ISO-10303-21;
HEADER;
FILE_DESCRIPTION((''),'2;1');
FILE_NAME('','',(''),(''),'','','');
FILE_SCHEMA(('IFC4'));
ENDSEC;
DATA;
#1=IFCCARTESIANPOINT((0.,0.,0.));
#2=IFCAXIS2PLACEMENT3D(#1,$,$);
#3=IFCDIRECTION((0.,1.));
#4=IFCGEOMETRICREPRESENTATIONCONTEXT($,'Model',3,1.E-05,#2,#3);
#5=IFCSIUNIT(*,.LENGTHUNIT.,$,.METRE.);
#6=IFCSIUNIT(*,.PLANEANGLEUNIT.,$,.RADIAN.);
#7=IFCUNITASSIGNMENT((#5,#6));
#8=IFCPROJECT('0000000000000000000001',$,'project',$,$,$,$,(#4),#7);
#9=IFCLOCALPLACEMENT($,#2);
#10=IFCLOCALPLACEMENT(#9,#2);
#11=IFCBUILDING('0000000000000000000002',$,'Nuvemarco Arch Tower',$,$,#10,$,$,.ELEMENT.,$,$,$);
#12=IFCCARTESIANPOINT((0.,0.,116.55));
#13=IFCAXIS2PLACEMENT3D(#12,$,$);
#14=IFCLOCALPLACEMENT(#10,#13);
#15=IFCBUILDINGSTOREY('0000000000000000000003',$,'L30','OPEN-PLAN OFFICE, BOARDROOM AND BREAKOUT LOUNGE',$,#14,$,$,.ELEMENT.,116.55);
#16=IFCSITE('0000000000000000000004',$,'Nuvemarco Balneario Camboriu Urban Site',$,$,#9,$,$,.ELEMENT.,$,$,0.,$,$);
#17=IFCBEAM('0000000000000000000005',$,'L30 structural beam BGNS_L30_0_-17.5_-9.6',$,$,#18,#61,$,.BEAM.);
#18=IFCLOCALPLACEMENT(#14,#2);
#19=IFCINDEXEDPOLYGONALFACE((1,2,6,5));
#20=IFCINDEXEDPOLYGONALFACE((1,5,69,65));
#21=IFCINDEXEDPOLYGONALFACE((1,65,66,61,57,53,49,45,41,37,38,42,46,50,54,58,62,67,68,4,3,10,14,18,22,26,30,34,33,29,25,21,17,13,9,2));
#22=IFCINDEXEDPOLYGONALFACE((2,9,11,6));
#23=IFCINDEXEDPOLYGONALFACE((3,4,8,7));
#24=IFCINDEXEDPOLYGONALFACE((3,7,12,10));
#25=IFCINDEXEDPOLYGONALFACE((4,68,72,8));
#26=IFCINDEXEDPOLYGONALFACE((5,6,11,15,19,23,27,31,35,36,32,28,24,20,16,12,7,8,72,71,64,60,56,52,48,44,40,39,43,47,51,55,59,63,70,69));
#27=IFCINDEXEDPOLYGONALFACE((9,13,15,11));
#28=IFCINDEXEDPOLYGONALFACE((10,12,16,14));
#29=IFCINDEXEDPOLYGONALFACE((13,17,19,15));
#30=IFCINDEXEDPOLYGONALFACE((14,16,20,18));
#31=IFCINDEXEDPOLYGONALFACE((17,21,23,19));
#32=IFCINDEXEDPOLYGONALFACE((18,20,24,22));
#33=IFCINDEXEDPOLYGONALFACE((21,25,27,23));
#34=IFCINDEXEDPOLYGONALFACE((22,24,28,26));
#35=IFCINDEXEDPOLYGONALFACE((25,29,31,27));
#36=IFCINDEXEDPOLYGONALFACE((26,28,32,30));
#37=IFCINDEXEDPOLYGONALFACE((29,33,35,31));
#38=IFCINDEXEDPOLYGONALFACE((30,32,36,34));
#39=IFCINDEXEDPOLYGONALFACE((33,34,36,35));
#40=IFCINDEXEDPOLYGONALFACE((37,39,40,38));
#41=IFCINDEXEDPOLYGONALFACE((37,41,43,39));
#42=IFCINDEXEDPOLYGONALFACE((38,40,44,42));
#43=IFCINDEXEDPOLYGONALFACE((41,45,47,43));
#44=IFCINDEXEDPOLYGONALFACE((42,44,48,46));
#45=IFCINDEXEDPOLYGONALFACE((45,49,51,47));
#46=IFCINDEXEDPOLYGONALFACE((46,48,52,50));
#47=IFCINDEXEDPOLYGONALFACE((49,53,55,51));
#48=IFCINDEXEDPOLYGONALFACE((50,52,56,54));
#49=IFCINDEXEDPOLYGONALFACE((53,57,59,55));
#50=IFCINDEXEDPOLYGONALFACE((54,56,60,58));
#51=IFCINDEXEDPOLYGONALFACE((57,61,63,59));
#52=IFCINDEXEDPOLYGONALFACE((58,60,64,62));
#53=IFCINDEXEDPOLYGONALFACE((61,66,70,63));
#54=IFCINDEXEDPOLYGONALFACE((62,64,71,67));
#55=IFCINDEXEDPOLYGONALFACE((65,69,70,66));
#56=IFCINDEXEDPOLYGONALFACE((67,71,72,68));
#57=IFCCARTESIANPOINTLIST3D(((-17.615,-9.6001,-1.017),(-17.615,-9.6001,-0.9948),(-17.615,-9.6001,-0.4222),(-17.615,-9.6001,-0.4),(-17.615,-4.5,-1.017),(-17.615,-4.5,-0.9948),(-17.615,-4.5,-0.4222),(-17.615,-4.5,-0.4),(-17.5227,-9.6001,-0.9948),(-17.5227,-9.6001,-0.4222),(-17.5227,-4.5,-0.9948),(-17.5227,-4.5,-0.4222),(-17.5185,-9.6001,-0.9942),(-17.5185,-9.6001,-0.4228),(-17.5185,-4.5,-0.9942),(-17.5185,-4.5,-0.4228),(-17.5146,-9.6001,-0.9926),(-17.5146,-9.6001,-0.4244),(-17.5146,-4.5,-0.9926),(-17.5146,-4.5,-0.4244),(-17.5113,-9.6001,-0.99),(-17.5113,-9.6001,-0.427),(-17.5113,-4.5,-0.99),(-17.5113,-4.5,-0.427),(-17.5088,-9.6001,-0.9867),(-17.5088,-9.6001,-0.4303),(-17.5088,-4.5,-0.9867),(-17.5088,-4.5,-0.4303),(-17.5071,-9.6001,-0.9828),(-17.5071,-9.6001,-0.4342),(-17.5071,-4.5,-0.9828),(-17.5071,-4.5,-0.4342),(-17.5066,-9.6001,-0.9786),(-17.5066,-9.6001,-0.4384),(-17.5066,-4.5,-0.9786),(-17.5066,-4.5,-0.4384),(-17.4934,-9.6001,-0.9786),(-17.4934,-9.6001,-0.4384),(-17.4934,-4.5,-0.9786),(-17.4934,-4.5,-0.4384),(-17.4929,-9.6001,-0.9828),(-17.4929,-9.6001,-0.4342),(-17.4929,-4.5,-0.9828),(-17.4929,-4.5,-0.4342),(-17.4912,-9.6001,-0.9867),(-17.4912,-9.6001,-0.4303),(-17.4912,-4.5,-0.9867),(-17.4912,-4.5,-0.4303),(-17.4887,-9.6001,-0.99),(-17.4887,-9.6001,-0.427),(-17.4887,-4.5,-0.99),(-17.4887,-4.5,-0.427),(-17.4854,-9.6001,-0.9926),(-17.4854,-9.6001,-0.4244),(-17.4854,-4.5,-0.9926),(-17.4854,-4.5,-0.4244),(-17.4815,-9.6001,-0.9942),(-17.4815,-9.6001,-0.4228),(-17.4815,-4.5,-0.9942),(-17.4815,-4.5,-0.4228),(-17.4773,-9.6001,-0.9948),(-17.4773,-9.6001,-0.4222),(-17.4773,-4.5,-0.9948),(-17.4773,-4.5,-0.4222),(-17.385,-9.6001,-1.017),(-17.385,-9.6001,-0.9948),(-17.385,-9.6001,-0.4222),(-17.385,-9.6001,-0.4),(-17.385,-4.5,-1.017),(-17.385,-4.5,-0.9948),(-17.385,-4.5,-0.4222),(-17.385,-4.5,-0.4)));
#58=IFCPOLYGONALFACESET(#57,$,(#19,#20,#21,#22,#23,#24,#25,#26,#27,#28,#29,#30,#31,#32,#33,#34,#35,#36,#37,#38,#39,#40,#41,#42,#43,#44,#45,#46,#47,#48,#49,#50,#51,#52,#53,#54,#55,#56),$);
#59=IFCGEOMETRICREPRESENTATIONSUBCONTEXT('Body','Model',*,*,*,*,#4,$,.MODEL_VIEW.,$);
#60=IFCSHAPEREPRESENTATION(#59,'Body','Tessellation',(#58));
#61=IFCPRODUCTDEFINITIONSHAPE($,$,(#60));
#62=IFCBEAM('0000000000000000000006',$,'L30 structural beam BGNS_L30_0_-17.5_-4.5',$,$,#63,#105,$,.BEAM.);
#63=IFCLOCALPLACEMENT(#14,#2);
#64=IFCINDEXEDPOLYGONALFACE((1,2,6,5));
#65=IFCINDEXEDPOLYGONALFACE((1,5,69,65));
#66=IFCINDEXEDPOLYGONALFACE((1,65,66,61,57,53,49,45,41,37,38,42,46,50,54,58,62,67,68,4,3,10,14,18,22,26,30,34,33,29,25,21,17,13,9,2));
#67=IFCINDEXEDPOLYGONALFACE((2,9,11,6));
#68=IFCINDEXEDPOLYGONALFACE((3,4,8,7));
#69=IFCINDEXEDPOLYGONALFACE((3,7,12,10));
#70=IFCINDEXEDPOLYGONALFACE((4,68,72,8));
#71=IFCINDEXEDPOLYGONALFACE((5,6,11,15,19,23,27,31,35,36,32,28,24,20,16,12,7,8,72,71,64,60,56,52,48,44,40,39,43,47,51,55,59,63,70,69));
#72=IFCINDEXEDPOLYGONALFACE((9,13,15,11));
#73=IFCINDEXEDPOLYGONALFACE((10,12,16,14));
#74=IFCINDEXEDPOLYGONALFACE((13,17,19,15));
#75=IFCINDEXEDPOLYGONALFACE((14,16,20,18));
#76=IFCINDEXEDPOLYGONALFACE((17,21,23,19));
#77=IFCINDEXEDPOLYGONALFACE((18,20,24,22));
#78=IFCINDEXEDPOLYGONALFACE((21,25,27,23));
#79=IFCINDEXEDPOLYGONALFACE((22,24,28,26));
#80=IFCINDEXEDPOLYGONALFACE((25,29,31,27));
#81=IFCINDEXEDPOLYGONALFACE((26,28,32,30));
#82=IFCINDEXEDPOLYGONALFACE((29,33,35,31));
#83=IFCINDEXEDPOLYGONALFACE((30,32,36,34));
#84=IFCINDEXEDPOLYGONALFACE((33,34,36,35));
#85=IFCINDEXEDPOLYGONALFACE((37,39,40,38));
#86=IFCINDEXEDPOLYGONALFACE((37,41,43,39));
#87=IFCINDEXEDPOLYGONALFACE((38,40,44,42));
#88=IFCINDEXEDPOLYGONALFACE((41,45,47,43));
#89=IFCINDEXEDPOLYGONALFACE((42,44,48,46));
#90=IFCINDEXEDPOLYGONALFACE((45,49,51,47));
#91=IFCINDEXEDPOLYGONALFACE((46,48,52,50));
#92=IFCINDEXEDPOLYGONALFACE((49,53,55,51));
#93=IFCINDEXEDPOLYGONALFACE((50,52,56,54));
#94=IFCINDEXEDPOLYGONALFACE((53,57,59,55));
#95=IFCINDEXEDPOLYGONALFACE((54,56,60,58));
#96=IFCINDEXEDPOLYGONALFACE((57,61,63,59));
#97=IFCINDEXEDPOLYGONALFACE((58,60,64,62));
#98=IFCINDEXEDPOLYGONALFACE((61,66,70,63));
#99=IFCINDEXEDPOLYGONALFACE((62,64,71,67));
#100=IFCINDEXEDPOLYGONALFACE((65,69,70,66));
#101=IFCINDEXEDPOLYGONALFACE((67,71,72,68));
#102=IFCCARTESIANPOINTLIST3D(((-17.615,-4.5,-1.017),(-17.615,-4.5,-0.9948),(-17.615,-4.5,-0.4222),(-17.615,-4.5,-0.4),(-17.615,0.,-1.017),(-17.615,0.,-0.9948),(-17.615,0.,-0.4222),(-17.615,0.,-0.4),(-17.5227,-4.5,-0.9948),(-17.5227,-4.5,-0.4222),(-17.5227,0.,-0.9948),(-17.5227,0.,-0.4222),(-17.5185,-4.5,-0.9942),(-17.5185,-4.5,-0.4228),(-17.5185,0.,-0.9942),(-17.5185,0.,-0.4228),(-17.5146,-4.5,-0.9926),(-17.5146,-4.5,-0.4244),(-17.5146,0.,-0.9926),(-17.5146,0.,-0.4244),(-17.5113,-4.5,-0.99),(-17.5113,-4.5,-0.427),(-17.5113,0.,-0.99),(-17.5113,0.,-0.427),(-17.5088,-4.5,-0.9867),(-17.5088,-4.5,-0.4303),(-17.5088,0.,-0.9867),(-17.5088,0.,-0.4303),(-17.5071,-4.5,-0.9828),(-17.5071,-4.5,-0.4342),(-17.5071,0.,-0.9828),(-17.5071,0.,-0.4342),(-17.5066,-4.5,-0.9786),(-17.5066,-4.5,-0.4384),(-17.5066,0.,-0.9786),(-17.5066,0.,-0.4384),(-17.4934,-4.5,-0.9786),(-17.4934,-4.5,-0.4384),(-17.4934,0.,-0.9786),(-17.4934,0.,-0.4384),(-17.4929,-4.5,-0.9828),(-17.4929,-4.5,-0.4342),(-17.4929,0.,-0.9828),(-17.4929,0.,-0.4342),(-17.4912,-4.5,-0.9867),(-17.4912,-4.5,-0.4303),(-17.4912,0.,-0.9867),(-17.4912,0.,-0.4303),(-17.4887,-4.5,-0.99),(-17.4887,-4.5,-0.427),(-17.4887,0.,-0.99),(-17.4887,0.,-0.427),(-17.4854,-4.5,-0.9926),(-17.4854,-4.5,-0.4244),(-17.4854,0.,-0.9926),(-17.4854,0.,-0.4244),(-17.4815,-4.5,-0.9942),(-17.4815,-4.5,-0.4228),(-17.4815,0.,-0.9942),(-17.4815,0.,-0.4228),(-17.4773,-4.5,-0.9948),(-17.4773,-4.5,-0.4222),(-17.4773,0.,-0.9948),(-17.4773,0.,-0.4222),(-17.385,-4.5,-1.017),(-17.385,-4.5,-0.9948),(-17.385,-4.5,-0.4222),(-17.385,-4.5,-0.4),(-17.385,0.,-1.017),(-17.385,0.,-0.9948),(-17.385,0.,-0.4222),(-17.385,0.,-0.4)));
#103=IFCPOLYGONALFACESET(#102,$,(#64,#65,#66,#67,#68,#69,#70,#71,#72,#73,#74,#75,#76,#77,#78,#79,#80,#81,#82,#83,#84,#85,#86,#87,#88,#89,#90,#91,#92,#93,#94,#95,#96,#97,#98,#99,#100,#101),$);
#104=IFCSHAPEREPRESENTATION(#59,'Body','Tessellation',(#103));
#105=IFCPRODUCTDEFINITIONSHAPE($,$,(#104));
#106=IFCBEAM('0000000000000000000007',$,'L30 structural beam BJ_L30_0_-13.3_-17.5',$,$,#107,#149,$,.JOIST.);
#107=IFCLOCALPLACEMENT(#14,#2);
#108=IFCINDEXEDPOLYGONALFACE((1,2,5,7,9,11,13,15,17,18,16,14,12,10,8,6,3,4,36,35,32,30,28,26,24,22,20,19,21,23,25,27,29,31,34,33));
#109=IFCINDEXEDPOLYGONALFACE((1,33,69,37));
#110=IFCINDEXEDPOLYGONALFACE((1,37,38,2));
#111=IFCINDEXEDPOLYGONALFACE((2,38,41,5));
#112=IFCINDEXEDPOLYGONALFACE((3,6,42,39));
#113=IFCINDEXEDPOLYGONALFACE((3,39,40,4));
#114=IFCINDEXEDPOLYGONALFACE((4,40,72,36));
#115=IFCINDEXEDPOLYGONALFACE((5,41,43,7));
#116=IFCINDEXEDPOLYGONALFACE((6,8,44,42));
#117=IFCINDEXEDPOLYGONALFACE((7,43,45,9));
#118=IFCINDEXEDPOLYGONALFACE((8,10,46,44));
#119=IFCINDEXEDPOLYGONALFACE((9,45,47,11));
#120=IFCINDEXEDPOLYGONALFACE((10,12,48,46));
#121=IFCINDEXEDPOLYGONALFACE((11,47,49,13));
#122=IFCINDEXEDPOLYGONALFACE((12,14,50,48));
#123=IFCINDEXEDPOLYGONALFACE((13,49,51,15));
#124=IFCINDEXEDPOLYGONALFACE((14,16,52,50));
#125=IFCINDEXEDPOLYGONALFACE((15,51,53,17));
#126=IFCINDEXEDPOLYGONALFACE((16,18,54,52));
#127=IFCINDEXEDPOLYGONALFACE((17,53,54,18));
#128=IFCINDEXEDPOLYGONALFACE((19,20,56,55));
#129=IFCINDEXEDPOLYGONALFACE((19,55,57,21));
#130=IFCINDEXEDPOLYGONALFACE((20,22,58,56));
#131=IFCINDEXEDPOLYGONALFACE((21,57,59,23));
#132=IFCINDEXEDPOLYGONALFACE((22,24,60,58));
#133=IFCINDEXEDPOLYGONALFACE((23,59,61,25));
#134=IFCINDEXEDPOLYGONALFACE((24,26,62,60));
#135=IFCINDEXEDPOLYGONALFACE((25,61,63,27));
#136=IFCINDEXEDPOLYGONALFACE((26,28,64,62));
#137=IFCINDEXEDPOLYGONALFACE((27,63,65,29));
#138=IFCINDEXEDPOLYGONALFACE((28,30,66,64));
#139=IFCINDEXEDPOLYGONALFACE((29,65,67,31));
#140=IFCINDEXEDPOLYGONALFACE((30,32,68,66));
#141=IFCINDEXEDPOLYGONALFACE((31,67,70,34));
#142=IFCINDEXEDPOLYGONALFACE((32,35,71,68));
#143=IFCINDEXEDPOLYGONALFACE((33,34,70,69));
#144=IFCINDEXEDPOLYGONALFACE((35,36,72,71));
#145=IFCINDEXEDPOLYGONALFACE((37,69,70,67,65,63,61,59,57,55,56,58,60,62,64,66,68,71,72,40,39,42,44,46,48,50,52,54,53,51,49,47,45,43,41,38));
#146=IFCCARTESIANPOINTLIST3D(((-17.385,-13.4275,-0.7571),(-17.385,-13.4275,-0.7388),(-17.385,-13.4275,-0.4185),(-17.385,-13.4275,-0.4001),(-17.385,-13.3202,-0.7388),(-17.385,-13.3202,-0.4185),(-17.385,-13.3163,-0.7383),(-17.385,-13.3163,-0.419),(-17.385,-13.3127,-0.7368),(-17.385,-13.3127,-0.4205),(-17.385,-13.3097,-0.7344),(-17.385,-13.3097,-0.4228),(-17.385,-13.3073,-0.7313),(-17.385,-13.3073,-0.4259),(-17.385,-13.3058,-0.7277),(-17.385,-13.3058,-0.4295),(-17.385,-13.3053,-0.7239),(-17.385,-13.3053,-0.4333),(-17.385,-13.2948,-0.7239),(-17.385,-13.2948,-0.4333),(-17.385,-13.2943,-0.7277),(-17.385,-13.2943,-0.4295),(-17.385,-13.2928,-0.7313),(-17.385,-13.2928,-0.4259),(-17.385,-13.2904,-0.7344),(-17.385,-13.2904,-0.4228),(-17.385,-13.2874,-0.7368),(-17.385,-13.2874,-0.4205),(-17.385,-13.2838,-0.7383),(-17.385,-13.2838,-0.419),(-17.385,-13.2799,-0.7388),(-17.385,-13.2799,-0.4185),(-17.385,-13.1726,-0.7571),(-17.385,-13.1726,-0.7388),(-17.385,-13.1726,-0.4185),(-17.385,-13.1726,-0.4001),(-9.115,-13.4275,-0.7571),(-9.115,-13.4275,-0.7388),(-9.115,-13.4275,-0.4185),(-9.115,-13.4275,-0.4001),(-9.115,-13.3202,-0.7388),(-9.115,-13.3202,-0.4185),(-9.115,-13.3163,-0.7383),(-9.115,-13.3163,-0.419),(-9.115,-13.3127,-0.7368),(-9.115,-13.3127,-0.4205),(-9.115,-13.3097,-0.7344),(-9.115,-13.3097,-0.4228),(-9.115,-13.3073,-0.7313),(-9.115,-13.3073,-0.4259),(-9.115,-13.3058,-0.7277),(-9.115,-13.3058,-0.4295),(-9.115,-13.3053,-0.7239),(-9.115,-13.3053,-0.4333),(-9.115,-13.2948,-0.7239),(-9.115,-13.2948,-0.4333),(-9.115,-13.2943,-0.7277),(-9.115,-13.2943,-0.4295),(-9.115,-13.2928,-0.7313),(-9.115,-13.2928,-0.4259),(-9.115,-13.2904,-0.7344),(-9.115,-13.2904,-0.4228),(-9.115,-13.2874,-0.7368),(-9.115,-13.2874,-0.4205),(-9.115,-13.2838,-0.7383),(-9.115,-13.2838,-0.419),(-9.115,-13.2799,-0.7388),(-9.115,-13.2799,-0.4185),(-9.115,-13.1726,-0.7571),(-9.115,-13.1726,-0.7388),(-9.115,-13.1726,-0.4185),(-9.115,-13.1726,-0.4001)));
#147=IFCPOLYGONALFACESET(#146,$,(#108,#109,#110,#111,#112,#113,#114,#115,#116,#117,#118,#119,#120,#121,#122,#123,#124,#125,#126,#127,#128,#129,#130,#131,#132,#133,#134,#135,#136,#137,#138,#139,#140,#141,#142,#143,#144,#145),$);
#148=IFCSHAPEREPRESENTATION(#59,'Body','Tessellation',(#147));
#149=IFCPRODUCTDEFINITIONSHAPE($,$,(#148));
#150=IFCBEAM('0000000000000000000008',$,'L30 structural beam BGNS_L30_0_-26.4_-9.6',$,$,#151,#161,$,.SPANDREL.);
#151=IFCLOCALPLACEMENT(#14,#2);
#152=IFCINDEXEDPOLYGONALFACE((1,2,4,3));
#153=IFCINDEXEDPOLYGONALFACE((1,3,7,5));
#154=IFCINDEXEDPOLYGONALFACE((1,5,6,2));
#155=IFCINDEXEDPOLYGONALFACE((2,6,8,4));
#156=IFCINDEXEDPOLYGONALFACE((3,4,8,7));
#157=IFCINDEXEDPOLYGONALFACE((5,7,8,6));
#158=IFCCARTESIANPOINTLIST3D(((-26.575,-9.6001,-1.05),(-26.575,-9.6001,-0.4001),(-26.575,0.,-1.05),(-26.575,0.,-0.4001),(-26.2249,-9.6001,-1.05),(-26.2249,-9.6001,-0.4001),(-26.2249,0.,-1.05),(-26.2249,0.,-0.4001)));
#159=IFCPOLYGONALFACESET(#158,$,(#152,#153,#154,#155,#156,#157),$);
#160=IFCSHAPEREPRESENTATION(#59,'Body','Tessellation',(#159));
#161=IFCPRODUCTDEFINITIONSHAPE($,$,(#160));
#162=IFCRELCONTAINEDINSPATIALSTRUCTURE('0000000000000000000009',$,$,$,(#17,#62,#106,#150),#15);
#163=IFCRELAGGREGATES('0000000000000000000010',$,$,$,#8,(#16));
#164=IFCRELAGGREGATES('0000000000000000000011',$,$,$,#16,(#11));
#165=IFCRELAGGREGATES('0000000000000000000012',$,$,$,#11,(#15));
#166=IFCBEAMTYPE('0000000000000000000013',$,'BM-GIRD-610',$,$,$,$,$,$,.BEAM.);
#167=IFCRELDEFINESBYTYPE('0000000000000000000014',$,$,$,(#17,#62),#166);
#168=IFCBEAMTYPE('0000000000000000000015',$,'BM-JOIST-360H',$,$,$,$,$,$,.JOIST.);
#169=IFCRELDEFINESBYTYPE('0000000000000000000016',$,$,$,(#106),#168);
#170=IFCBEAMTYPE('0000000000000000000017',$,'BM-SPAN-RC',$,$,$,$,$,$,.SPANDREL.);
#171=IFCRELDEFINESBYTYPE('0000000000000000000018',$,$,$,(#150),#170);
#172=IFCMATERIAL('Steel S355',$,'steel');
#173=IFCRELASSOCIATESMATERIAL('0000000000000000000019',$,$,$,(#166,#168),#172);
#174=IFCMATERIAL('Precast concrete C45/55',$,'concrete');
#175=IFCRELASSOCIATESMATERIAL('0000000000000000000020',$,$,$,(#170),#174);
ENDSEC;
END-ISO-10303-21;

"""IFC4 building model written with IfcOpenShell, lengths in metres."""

from ifc_helpers import new_model, si_unit, direction, frame, origin, origin_2d, place, context, subcontext, project, spatial, rectangle, i_section, extrude, material, material_profile, profile_set, type_object, element, save


model = new_model("IFC4")

# Units and contexts
model_context = context("Model", 3, precision=1e-05, world=origin(), true_north=direction((0.0, 1.0)))
body_context = subcontext(model_context, "Body", "Model", "MODEL_VIEW")
ifc_project = project(units=[si_unit("LENGTHUNIT", "METRE"), si_unit("PLANEANGLEUNIT", "RADIAN")], contexts=[model_context])

# Site, building, storey
site_placement = place(None, origin())
site = spatial("IfcSite", under=ifc_project, at=site_placement, Name="Nuvemarco Balneario Camboriu Urban Site", CompositionType="ELEMENT", RefElevation=0.0)
building_placement = place(site_placement, origin())
building = spatial("IfcBuilding", under=site, at=building_placement, Name="Nuvemarco Arch Tower", CompositionType="ELEMENT")
storey_placement = place(building_placement, frame((0.0, 0.0, 116.55)))
storey = spatial("IfcBuildingStorey", under=building, at=storey_placement, Name="L30", Description="OPEN-PLAN OFFICE, BOARDROOM AND BREAKOUT LOUNGE", CompositionType="ELEMENT", Elevation=116.55)

# Shared definitions
ifc_material_1 = material(Name="Steel S355", Category="steel")

# Beams
ifc_material_profile_1 = material_profile(ifc_material_1, i_section(OverallWidth=0.23, OverallDepth=0.6169, WebThickness=0.0132, FlangeThickness=0.0222, FilletRadius=0.0161, at=origin_2d()), Name="W610x140")
ifc_profile_set_1 = profile_set([ifc_material_profile_1], Name="Steel S355")
beam_type_1 = type_object("IfcBeamType", Name="BM-GIRD-610", PredefinedType="BEAM", material=ifc_profile_set_1)
beam_1_placement = place(storey_placement, frame((-17.5, -9.6001, -0.7085), z_axis=(0.0, 1.0, 0.0), x_axis=(-1.0, 0.0, 0.0)))
element("IfcBeam", 1, at=beam_1_placement, inside=storey, type_object=beam_type_1, Name="L30 structural beam BGNS_L30_0_-17.5_-9.6", PredefinedType="BEAM", context=body_context, shape_type="SweptSolid", body=[
    extrude(i_section(OverallWidth=0.23, OverallDepth=0.6169, WebThickness=0.0132, FlangeThickness=0.0222, FilletRadius=0.0161, at=origin_2d()), origin(), (0.0, 0.0, 1.0), 5.1001),
])
beam_2_placement = place(storey_placement, frame((-17.5, -4.5, -0.7085), z_axis=(0.0, 1.0, 0.0), x_axis=(-1.0, 0.0, 0.0)))
element("IfcBeam", 2, at=beam_2_placement, inside=storey, type_object=beam_type_1, Name="L30 structural beam BGNS_L30_0_-17.5_-4.5", PredefinedType="BEAM", context=body_context, shape_type="SweptSolid", body=[
    extrude(i_section(OverallWidth=0.23, OverallDepth=0.6169, WebThickness=0.0132, FlangeThickness=0.0222, FilletRadius=0.0161, at=origin_2d()), origin(), (0.0, 0.0, 1.0), 4.5),
])
ifc_material_profile_2 = material_profile(ifc_material_1, i_section(OverallWidth=0.2549, OverallDepth=0.3569, WebThickness=0.0105, FlangeThickness=0.0183, FilletRadius=0.0149, at=origin_2d()), Name="W360x101")
ifc_profile_set_2 = profile_set([ifc_material_profile_2], Name="Steel S355")
beam_type_2 = type_object("IfcBeamType", Name="BM-JOIST-360H", PredefinedType="JOIST", material=ifc_profile_set_2)
beam_3_placement = place(storey_placement, frame((-17.385, -13.3, -0.5786), z_axis=(1.0, 0.0, 0.0), x_axis=(0.0, 1.0, 0.0)))
element("IfcBeam", 3, at=beam_3_placement, inside=storey, type_object=beam_type_2, Name="L30 structural beam BJ_L30_0_-13.3_-17.5", PredefinedType="JOIST", context=body_context, shape_type="SweptSolid", body=[
    extrude(i_section(OverallWidth=0.2549, OverallDepth=0.3569, WebThickness=0.0105, FlangeThickness=0.0183, FilletRadius=0.0149, at=origin_2d()), origin(), (0.0, 0.0, 1.0), 8.27),
])
ifc_material_2 = material(Name="Precast concrete C45/55", Category="concrete")
ifc_material_profile_3 = material_profile(ifc_material_2, rectangle(XDim=0.3501, YDim=0.6499, at=origin_2d()), Name="PC-SP-350x650")
ifc_profile_set_3 = profile_set([ifc_material_profile_3], Name="Precast concrete C45/55")
beam_type_3 = type_object("IfcBeamType", Name="BM-SPAN-RC", PredefinedType="SPANDREL", material=ifc_profile_set_3)
beam_4_placement = place(storey_placement, frame((-26.3999, -9.6001, -0.7251), z_axis=(0.0, 1.0, 0.0), x_axis=(-1.0, 0.0, 0.0)))
element("IfcBeam", 4, at=beam_4_placement, inside=storey, type_object=beam_type_3, Name="L30 structural beam BGNS_L30_0_-26.4_-9.6", PredefinedType="SPANDREL", context=body_context, shape_type="SweptSolid", body=[
    extrude(rectangle(XDim=0.3501, YDim=0.6499, at=origin_2d()), origin(), (0.0, 0.0, 1.0), 9.6001),
])

save(model, "model.ifc")
